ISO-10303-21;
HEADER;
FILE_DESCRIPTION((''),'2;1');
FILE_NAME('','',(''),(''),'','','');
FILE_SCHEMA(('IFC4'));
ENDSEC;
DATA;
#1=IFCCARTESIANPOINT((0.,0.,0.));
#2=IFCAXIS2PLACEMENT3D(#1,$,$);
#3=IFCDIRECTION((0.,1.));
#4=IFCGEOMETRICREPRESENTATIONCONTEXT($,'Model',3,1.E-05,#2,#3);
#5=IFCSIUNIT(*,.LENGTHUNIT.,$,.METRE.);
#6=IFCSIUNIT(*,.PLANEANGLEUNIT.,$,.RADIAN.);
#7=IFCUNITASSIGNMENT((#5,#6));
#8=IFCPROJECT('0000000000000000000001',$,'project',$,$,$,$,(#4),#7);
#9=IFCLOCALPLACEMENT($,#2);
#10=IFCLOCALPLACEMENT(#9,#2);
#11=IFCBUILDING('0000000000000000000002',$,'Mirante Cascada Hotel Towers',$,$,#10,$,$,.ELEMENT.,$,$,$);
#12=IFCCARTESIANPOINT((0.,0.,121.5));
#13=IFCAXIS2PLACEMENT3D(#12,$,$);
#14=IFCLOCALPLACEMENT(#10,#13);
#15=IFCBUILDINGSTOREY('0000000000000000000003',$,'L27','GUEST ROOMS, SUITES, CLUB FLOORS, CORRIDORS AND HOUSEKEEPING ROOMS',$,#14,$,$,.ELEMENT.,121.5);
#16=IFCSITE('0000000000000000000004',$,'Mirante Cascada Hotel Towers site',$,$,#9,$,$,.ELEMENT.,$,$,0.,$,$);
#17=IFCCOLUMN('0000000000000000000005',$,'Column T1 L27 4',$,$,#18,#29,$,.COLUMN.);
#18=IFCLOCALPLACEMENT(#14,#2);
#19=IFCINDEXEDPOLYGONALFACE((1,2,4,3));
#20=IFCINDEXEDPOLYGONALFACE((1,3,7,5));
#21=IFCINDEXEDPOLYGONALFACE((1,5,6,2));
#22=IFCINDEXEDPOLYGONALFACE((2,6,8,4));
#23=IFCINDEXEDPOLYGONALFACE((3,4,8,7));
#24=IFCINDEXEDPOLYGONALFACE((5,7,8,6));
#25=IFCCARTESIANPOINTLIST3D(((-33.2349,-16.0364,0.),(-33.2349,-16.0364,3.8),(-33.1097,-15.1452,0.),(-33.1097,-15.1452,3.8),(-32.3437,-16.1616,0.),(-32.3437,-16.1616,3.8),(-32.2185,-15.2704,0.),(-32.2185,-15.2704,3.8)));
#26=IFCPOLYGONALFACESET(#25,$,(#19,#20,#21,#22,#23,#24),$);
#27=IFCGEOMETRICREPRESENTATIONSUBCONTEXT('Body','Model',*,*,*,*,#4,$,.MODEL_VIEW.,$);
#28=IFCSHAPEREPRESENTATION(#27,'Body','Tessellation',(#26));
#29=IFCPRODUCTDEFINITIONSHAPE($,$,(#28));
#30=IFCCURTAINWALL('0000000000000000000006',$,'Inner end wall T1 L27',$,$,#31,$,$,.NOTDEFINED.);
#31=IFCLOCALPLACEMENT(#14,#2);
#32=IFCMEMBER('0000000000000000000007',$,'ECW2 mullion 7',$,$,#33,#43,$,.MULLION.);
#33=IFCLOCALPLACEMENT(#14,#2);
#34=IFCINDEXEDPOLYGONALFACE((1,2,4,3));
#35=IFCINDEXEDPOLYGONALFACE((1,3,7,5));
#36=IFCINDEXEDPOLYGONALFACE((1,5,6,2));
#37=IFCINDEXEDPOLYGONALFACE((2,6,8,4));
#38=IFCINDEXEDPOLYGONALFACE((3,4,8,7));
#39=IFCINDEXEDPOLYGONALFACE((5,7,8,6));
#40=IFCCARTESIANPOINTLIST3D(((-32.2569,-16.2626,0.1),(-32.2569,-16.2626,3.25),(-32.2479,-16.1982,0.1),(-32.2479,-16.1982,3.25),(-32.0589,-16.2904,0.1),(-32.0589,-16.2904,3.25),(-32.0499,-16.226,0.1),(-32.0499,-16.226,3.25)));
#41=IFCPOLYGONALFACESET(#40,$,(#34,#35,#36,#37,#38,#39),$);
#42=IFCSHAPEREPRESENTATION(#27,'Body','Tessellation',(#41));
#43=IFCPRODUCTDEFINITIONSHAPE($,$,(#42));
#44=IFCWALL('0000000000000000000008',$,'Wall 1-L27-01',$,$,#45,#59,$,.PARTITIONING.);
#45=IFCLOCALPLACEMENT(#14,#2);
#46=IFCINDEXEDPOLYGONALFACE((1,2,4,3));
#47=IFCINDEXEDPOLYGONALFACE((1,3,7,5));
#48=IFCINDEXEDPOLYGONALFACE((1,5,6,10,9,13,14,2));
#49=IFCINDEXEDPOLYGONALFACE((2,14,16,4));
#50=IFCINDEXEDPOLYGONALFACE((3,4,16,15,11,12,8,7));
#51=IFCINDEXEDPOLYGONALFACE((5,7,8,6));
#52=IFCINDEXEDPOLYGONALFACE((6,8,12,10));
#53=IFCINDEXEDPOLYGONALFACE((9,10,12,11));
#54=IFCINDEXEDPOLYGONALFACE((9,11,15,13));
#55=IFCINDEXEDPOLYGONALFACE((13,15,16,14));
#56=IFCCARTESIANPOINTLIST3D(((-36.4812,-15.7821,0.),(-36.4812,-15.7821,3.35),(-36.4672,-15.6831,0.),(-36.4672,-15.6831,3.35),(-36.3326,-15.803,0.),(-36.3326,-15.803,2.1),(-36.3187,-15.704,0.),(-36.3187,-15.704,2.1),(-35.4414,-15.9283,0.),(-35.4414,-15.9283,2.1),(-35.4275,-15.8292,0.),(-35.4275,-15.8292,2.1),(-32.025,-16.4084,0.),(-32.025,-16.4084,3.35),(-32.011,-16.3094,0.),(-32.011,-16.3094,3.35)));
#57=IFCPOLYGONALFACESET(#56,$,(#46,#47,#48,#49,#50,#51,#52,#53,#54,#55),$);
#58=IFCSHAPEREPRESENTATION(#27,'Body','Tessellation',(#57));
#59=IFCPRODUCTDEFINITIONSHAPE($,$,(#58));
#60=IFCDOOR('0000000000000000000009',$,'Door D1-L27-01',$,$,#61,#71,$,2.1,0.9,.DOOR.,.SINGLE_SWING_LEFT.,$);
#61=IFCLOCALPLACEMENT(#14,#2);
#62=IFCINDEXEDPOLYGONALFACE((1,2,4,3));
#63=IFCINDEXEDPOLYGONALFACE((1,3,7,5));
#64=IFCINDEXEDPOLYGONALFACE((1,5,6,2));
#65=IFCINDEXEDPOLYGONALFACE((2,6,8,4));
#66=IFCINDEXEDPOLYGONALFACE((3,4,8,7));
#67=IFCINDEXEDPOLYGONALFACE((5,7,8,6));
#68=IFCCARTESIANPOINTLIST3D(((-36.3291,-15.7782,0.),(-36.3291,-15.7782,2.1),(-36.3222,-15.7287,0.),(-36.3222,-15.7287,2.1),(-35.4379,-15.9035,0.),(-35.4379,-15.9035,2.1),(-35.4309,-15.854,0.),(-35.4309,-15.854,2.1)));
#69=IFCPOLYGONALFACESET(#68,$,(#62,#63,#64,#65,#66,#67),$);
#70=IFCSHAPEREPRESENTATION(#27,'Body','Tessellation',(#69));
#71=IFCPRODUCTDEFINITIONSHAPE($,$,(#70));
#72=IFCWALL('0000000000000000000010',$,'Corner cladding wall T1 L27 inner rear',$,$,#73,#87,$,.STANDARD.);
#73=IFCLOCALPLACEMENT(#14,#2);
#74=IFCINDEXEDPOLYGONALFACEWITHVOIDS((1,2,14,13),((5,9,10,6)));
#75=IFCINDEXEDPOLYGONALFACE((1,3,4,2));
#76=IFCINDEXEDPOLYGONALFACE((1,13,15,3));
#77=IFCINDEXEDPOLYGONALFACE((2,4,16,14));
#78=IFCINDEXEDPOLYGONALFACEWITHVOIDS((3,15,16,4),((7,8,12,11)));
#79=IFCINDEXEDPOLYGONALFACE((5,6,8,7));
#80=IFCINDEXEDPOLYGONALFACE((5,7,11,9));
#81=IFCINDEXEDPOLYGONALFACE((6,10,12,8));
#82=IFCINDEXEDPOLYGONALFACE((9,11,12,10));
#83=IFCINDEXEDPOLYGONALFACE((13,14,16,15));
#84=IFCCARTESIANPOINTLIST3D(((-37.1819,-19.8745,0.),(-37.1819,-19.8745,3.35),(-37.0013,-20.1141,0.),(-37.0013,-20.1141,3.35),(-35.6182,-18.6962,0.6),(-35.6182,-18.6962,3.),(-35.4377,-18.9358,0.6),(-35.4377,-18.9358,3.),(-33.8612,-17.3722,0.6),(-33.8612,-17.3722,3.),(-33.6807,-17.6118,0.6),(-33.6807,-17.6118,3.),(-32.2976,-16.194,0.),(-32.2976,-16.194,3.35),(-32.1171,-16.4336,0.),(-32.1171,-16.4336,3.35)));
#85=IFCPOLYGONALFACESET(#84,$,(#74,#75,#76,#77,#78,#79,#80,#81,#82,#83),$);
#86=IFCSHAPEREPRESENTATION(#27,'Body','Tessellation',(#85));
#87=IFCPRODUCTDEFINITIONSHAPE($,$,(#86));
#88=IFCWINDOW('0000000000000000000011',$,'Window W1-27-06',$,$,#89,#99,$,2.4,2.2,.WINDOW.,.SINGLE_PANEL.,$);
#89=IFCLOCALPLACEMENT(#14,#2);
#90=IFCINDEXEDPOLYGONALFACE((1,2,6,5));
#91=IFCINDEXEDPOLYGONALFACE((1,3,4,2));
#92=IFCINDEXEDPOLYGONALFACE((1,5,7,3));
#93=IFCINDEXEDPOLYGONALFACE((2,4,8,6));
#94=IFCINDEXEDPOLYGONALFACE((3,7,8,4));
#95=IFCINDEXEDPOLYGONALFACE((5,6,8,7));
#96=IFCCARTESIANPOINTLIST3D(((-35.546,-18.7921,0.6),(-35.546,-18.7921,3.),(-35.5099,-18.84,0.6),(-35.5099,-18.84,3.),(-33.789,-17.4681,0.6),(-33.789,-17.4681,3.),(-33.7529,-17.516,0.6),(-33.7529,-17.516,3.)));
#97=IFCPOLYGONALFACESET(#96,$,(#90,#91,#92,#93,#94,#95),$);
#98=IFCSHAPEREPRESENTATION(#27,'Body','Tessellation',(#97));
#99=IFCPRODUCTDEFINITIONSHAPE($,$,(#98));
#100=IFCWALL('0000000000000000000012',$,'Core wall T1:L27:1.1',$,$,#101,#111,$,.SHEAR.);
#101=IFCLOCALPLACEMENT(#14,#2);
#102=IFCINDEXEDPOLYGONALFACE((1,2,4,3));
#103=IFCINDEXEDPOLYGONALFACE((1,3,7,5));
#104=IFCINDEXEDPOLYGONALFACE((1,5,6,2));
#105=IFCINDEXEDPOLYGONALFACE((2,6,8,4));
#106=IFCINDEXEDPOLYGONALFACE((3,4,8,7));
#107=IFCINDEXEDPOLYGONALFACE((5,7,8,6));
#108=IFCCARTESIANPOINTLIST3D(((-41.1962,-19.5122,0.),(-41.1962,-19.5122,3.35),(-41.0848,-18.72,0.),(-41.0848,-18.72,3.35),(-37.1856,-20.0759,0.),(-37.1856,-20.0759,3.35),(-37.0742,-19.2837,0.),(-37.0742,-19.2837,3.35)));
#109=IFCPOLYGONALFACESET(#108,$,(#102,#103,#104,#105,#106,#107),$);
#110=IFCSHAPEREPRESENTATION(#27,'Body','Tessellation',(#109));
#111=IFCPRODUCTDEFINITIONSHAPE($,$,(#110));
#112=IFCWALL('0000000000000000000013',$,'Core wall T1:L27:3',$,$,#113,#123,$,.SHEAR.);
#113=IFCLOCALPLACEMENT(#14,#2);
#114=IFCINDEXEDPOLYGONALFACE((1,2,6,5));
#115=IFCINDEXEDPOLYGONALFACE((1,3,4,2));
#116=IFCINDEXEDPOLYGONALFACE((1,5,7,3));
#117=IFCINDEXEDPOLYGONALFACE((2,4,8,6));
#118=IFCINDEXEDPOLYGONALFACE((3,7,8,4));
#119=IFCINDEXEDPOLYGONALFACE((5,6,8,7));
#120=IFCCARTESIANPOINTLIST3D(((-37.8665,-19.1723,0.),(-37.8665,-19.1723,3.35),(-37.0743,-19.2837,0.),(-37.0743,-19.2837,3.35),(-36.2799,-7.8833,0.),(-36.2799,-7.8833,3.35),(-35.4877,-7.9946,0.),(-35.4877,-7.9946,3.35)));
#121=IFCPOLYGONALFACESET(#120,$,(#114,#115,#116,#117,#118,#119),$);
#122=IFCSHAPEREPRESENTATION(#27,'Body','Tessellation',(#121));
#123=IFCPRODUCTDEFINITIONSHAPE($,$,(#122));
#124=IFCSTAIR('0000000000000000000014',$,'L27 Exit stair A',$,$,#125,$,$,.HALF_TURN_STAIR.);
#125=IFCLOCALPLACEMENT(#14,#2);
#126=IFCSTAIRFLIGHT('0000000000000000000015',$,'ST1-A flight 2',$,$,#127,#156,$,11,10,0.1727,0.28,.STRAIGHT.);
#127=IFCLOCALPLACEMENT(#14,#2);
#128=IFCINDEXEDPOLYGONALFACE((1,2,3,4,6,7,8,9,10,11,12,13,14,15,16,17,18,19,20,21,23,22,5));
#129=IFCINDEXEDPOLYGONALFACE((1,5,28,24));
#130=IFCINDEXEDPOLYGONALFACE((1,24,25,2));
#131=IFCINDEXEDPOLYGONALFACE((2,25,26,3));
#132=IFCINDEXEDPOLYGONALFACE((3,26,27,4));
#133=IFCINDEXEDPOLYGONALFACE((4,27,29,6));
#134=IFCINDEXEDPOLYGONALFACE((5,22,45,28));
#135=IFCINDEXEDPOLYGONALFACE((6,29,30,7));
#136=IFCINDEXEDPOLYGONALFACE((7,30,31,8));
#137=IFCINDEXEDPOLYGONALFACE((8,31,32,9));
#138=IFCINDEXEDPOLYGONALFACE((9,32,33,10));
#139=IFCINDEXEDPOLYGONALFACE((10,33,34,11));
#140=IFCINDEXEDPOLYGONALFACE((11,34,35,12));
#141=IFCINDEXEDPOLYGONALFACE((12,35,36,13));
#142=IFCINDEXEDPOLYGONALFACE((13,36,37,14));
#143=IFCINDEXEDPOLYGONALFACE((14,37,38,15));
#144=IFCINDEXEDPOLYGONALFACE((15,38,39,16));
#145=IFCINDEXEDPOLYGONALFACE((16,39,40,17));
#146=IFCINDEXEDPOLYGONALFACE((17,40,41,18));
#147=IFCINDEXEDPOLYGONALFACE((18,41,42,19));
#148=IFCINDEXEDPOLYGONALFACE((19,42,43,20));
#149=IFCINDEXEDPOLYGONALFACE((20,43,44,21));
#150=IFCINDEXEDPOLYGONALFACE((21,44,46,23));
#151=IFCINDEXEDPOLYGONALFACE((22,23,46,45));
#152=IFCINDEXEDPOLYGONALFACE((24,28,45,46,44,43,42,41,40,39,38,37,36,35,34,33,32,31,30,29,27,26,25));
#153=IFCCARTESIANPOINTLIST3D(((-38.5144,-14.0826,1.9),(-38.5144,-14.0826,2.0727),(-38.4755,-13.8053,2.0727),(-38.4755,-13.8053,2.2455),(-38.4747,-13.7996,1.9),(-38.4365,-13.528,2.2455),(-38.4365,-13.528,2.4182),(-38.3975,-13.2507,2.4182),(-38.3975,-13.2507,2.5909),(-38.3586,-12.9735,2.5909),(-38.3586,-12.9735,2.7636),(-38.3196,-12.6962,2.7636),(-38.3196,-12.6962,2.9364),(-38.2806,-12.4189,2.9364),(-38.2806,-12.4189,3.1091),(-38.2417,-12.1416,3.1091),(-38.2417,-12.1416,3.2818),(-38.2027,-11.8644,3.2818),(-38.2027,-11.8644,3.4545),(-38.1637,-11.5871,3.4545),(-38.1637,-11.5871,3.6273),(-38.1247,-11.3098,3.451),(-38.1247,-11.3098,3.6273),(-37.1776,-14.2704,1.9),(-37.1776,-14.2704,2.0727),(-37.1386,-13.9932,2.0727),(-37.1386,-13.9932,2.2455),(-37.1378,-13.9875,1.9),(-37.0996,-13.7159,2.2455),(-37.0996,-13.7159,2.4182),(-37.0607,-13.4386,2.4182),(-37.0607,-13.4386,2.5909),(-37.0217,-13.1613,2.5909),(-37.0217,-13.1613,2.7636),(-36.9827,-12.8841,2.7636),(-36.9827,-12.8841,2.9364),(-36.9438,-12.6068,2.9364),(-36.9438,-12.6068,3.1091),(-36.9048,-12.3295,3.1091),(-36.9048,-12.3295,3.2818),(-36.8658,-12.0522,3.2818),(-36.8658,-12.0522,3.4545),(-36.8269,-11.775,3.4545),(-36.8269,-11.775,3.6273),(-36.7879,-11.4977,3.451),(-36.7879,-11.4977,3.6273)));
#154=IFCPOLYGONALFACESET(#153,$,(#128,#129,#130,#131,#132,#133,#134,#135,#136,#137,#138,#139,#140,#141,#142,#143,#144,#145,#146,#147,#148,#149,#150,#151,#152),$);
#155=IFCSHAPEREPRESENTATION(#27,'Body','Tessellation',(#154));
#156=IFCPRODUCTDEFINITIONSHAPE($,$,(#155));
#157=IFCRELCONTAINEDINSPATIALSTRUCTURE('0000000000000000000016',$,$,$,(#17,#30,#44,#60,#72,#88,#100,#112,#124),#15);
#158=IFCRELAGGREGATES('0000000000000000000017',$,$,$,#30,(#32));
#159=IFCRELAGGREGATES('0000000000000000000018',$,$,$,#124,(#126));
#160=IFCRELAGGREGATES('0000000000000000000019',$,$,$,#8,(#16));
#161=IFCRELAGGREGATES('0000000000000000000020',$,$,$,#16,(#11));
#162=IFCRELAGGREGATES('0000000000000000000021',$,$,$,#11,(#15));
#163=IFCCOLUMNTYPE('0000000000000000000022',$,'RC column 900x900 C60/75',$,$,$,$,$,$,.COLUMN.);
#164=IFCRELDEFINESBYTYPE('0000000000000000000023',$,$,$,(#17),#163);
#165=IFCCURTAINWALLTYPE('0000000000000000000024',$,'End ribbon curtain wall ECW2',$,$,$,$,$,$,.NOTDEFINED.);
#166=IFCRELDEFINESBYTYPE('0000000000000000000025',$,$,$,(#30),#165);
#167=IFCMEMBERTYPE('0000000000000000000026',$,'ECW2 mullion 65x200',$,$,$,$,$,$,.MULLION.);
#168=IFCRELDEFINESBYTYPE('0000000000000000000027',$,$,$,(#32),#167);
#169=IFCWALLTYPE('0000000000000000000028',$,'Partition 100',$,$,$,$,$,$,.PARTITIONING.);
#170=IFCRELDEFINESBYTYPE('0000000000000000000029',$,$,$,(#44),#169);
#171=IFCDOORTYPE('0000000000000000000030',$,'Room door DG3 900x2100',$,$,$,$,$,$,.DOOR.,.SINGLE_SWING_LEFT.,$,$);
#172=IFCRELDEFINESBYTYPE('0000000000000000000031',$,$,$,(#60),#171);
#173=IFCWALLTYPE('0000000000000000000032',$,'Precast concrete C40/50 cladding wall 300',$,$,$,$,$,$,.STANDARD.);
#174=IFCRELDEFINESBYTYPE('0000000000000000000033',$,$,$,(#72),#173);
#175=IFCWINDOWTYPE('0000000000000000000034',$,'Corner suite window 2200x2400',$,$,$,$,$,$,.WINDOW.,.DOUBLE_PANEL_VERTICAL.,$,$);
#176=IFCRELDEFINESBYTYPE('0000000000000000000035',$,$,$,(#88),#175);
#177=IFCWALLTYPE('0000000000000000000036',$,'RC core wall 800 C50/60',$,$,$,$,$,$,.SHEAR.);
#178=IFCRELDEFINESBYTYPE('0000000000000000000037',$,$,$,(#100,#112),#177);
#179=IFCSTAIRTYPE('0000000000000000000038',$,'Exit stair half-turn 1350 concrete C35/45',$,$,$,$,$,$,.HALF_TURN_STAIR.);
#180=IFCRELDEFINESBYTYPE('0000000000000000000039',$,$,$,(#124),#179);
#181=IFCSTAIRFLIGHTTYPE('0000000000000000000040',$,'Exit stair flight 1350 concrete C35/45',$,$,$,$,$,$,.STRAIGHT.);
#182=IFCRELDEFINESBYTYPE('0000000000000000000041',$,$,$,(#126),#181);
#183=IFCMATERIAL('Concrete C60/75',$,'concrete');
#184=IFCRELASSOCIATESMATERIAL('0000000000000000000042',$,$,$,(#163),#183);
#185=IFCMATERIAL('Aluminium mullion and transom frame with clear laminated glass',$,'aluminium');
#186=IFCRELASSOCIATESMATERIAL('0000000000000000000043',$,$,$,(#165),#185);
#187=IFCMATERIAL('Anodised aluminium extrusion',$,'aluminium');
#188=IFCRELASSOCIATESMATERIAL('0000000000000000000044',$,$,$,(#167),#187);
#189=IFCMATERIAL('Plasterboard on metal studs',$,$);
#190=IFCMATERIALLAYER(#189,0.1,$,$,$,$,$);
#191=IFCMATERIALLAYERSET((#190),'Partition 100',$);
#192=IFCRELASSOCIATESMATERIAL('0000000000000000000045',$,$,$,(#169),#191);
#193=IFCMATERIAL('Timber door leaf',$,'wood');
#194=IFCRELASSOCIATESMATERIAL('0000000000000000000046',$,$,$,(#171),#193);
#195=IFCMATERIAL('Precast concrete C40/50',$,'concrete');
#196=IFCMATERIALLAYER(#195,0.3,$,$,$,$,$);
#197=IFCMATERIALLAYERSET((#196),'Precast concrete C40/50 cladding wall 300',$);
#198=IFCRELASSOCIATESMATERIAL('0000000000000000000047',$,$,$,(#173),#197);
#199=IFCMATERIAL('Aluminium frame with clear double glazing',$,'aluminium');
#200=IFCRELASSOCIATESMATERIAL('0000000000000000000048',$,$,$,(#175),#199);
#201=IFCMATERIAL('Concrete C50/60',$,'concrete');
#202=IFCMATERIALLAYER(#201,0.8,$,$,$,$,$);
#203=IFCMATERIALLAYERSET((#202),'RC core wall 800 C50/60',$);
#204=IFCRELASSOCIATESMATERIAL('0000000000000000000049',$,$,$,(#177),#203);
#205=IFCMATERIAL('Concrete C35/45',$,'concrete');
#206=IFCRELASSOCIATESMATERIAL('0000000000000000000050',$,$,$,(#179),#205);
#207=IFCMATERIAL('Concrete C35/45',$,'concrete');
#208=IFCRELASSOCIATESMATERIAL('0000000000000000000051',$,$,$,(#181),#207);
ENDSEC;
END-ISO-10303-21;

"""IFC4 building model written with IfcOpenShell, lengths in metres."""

from ifc_helpers import new_model, si_unit, direction, frame, frame_2d, origin, origin_2d, place, context, subcontext, project, spatial, polyline, rectangle, outline, extrude, material, layer, layer_set, material_profile, profile_set, type_object, element, fill, aggregate, save


model = new_model("IFC4")

# Units and contexts
model_context = context("Model", 3, precision=1e-05, world=origin(), true_north=direction((0.0, 1.0)))
body_context = subcontext(model_context, "Body", "Model", "MODEL_VIEW")
ifc_project = project(units=[si_unit("LENGTHUNIT", "METRE"), si_unit("PLANEANGLEUNIT", "RADIAN")], contexts=[model_context])

# Site, building, storey
site_placement = place(None, origin())
site = spatial("IfcSite", under=ifc_project, at=site_placement, Name="Mirante Cascada Hotel Towers site", CompositionType="ELEMENT", RefElevation=0.0)
building_placement = place(site_placement, origin())
building = spatial("IfcBuilding", under=site, at=building_placement, Name="Mirante Cascada Hotel Towers", CompositionType="ELEMENT")
storey_placement = place(building_placement, frame((0.0, 0.0, 121.5)))
storey = spatial("IfcBuildingStorey", under=building, at=storey_placement, Name="L27", Description="GUEST ROOMS, SUITES, CLUB FLOORS, CORRIDORS AND HOUSEKEEPING ROOMS", CompositionType="ELEMENT", Elevation=121.5)

# Column
ifc_material_1 = material(Name="Concrete C60/75", Category="concrete")
ifc_material_profile_1 = material_profile(ifc_material_1, rectangle(XDim=0.9, YDim=0.9, at=origin_2d()), Name="RC column 900x900 C60/75")
ifc_profile_set_1 = profile_set([ifc_material_profile_1], Name="Concrete C60/75")
column_type = type_object("IfcColumnType", Name="RC column 900x900 C60/75", PredefinedType="COLUMN", material=ifc_profile_set_1)
column_placement = place(storey_placement, frame((-32.7267, -15.6534, 0.0), z_axis=(0.0, 0.0, 1.0), x_axis=(-0.990268, 0.139173, 0.0)))
element("IfcColumn", 1, at=column_placement, inside=storey, type_object=column_type, Name="Column T1 L27 4", PredefinedType="COLUMN", context=body_context, shape_type="SweptSolid", body=[
    extrude(rectangle(XDim=0.9, YDim=0.9, at=origin_2d()), origin(), (0.0, 0.0, 1.0), 3.8),
])

# Curtain wall, member
ifc_material_2 = material(Name="Aluminium mullion and transom frame with clear laminated glass", Category="aluminium")
curtain_wall_type = type_object("IfcCurtainWallType", Name="End ribbon curtain wall ECW2", PredefinedType="NOTDEFINED", material=ifc_material_2)
curtain_wall_placement = place(storey_placement, origin())
curtain_wall = element("IfcCurtainWall", 2, at=curtain_wall_placement, inside=storey, type_object=curtain_wall_type, Name="Inner end wall T1 L27", PredefinedType="NOTDEFINED")
ifc_material_3 = material(Name="Anodised aluminium extrusion", Category="aluminium")
ifc_material_profile_2 = material_profile(ifc_material_3, rectangle(XDim=0.2, YDim=0.065, at=origin_2d()), Name="ECW2 MULLION 65x200")
ifc_profile_set_2 = profile_set([ifc_material_profile_2], Name="Anodised aluminium extrusion")
member_type = type_object("IfcMemberType", Name="ECW2 mullion 65x200", PredefinedType="MULLION", material=ifc_profile_set_2)
member_placement = place(storey_placement, frame((-32.1534, -16.2443, 0.1), z_axis=(0.0, 0.0, 1.0), x_axis=(0.990268, -0.139173, 0.0)))
member = element("IfcMember", 3, at=member_placement, type_object=member_type, Name="ECW2 mullion 7", PredefinedType="MULLION", context=body_context, shape_type="SweptSolid", body=[
    extrude(rectangle(XDim=0.2, YDim=0.065, at=origin_2d()), origin(), (0.0, 0.0, 1.0), 3.15),
])
aggregate(curtain_wall, [member])

# Wall, opening, door
ifc_material_4 = material(Name="Plasterboard on metal studs")
ifc_layer_1 = layer(ifc_material_4, 0.1)
ifc_layer_set_1 = layer_set([ifc_layer_1], Name="Partition 100")
wall_type_1 = type_object("IfcWallType", Name="Partition 100", PredefinedType="PARTITIONING", material=ifc_layer_set_1)
wall_1_placement = place(storey_placement, frame((-36.4742, -15.7326, 0.0), z_axis=(0.0, 0.0, 1.0), x_axis=(0.990267, -0.139178, 0.0)))
wall_1 = element("IfcWall", 4, at=wall_1_placement, inside=storey, type_object=wall_type_1, Name="Wall 1-L27-01", PredefinedType="PARTITIONING", context=body_context, shape_type="SweptSolid", body=[
    extrude(rectangle(XDim=4.5, YDim=0.1, at=frame_2d((2.25, 0.0))), origin(), (0.0, 0.0, 1.0), 3.35),
])
opening_1_placement = place(wall_1_placement, frame((0.15, 0.0, 0.0)))
opening_1 = element("IfcOpeningElement", 5, at=opening_1_placement, cuts=wall_1, PredefinedType="OPENING", context=body_context, shape_type="SweptSolid", body=[
    extrude(rectangle(XDim=0.9, YDim=2.1, at=frame_2d((0.45, 1.05))), frame((0.0, 0.05, 0.0), z_axis=(0.0, -1.0, 0.0), x_axis=(1.0, 0.0, 0.0)), (0.0, 0.0, 1.0), 0.1),
])
ifc_material_5 = material(Name="Timber door leaf", Category="wood")
door_type = type_object("IfcDoorType", Name="Room door DG3 900x2100", OperationType="SINGLE_SWING_LEFT", PredefinedType="DOOR", material=ifc_material_5)
door_placement = place(opening_1_placement, origin())
door = element("IfcDoor", 6, at=door_placement, inside=storey, type_object=door_type, Name="Door D1-L27-01", OperationType="SINGLE_SWING_LEFT", OverallHeight=2.1, OverallWidth=0.9, PredefinedType="DOOR", context=body_context, shape_type="SweptSolid", body=[
    extrude(rectangle(XDim=0.9, YDim=2.1, at=frame_2d((0.45, 1.05))), frame((0.0, 0.025, 0.0), z_axis=(0.0, -1.0, 0.0), x_axis=(1.0, 0.0, 0.0)), (0.0, 0.0, 1.0), 0.05),
])
fill(opening_1, door)

# Wall, opening, window
ifc_material_6 = material(Name="Precast concrete C40/50", Category="concrete")
ifc_layer_2 = layer(ifc_material_6, 0.3)
ifc_layer_set_2 = layer_set([ifc_layer_2], Name="Precast concrete C40/50 cladding wall 300")
wall_type_2 = type_object("IfcWallType", Name="Precast concrete C40/50 cladding wall 300", PredefinedType="STANDARD", material=ifc_layer_set_2)
wall_2_placement = place(storey_placement, frame((-32.2074, -16.3138, 0.0), z_axis=(0.0, 0.0, 1.0), x_axis=(-0.798636, -0.601814, 0.0)))
wall_2 = element("IfcWall", 7, at=wall_2_placement, inside=storey, type_object=wall_type_2, Name="Corner cladding wall T1 L27 inner rear", PredefinedType="STANDARD", context=body_context, shape_type="SweptSolid", body=[
    extrude(rectangle(XDim=6.1157, YDim=0.3, at=frame_2d((3.0578, 0.0))), origin(), (0.0, 0.0, 1.0), 3.35),
])
opening_2_placement = place(wall_2_placement, frame((1.9578, 0.0, 0.6)))
opening_2 = element("IfcOpeningElement", 8, at=opening_2_placement, cuts=wall_2, PredefinedType="OPENING", context=body_context, shape_type="SweptSolid", body=[
    extrude(rectangle(XDim=2.2, YDim=2.4, at=frame_2d((1.1, 1.2))), frame((0.0, 0.15, 0.0), z_axis=(0.0, -1.0, 0.0), x_axis=(1.0, 0.0, 0.0)), (0.0, 0.0, 1.0), 0.3),
])
ifc_material_7 = material(Name="Aluminium frame with clear double glazing", Category="aluminium")
window_type = type_object("IfcWindowType", Name="Corner suite window 2200x2400", PartitioningType="DOUBLE_PANEL_VERTICAL", PredefinedType="WINDOW", material=ifc_material_7)
window_placement = place(opening_2_placement, origin())
window = element("IfcWindow", 9, at=window_placement, inside=storey, type_object=window_type, Name="Window W1-27-06", OverallHeight=2.4, OverallWidth=2.2, PartitioningType="SINGLE_PANEL", PredefinedType="WINDOW", context=body_context, shape_type="SweptSolid", body=[
    extrude(rectangle(XDim=2.2, YDim=2.4, at=frame_2d((1.1, 1.2))), frame((0.0, 0.03, 0.0), z_axis=(0.0, -1.0, 0.0), x_axis=(1.0, 0.0, 0.0)), (0.0, 0.0, 1.0), 0.06),
])
fill(opening_2, window)

# Walls
ifc_material_8 = material(Name="Concrete C50/60", Category="concrete")
ifc_layer_3 = layer(ifc_material_8, 0.8)
ifc_layer_set_3 = layer_set([ifc_layer_3], Name="RC core wall 800 C50/60")
wall_type_3 = type_object("IfcWallType", Name="RC core wall 800 C50/60", PredefinedType="SHEAR", material=ifc_layer_set_3)
wall_3_placement = place(storey_placement, frame((-37.1299, -19.6798, 0.0), z_axis=(0.0, 0.0, 1.0), x_axis=(-0.990267, 0.139184, 0.0)))
element("IfcWall", 10, at=wall_3_placement, inside=storey, type_object=wall_type_3, Name="Core wall T1:L27:1.1", PredefinedType="SHEAR", context=body_context, shape_type="SweptSolid", body=[
    extrude(rectangle(XDim=4.05, YDim=0.8, at=frame_2d((2.025, 0.0))), origin(), (0.0, 0.0, 1.0), 3.35),
])
wall_4_placement = place(storey_placement, frame((-37.4704, -19.228, 0.0), z_axis=(0.0, 0.0, 1.0), x_axis=(0.139175, 0.990268, 0.0)))
element("IfcWall", 11, at=wall_4_placement, inside=storey, type_object=wall_type_3, Name="Core wall T1:L27:3", PredefinedType="SHEAR", context=body_context, shape_type="SweptSolid", body=[
    extrude(rectangle(XDim=11.4, YDim=0.8, at=frame_2d((5.7, 0.0))), origin(), (0.0, 0.0, 1.0), 3.35),
])

# Stair, stair flight
ifc_material_9 = material(Name="Concrete C35/45", Category="concrete")
stair_type = type_object("IfcStairType", Name="Exit stair half-turn 1350 concrete C35/45", PredefinedType="HALF_TURN_STAIR", material=ifc_material_9)
stair_placement = place(storey_placement, origin())
stair = element("IfcStair", 12, at=stair_placement, inside=storey, type_object=stair_type, Name="L27 Exit stair A", PredefinedType="HALF_TURN_STAIR")
ifc_material_10 = material(Name="Concrete C35/45", Category="concrete")
stair_flight_type = type_object("IfcStairFlightType", Name="Exit stair flight 1350 concrete C35/45", PredefinedType="STRAIGHT", material=ifc_material_10)
stair_flight_placement = place(storey_placement, frame((-37.846, -14.1765, 1.9), z_axis=(0.0, 0.0, 1.0), x_axis=(0.139173, 0.990268, 0.0)))
stair_flight = element("IfcStairFlight", 13, at=stair_flight_placement, type_object=stair_flight_type, Name="ST1-A flight 2", NumberOfRisers=11, NumberOfTreads=10, PredefinedType="STRAIGHT", RiserHeight=0.1727, TreadLength=0.28, context=body_context, shape_type="SweptSolid", body=[
    extrude(outline(polyline([(0.0, 0.0), (0.0, 0.1727), (0.28, 0.1727), (0.28, 0.3455), (0.56, 0.3455), (0.56, 0.5182), (0.84, 0.5182), (0.84, 0.6909), (1.12, 0.6909), (1.12, 0.8636), (1.4, 0.8636), (1.4, 1.0364), (1.68, 1.0364), (1.68, 1.2091), (1.96, 1.2091), (1.96, 1.3818), (2.24, 1.3818), (2.24, 1.5545), (2.52, 1.5545), (2.52, 1.7273), (2.8, 1.7273), (2.8, 1.9), (2.8, 1.551), (0.2857, 0.0), (0.0, 0.0)])), frame((0.0, 0.675, 0.0), z_axis=(0.0, -1.0, 0.0), x_axis=(1.0, 0.0, 0.0)), (0.0, 0.0, 1.0), 1.35),
])
aggregate(stair, [stair_flight])

save(model, "model.ifc")
